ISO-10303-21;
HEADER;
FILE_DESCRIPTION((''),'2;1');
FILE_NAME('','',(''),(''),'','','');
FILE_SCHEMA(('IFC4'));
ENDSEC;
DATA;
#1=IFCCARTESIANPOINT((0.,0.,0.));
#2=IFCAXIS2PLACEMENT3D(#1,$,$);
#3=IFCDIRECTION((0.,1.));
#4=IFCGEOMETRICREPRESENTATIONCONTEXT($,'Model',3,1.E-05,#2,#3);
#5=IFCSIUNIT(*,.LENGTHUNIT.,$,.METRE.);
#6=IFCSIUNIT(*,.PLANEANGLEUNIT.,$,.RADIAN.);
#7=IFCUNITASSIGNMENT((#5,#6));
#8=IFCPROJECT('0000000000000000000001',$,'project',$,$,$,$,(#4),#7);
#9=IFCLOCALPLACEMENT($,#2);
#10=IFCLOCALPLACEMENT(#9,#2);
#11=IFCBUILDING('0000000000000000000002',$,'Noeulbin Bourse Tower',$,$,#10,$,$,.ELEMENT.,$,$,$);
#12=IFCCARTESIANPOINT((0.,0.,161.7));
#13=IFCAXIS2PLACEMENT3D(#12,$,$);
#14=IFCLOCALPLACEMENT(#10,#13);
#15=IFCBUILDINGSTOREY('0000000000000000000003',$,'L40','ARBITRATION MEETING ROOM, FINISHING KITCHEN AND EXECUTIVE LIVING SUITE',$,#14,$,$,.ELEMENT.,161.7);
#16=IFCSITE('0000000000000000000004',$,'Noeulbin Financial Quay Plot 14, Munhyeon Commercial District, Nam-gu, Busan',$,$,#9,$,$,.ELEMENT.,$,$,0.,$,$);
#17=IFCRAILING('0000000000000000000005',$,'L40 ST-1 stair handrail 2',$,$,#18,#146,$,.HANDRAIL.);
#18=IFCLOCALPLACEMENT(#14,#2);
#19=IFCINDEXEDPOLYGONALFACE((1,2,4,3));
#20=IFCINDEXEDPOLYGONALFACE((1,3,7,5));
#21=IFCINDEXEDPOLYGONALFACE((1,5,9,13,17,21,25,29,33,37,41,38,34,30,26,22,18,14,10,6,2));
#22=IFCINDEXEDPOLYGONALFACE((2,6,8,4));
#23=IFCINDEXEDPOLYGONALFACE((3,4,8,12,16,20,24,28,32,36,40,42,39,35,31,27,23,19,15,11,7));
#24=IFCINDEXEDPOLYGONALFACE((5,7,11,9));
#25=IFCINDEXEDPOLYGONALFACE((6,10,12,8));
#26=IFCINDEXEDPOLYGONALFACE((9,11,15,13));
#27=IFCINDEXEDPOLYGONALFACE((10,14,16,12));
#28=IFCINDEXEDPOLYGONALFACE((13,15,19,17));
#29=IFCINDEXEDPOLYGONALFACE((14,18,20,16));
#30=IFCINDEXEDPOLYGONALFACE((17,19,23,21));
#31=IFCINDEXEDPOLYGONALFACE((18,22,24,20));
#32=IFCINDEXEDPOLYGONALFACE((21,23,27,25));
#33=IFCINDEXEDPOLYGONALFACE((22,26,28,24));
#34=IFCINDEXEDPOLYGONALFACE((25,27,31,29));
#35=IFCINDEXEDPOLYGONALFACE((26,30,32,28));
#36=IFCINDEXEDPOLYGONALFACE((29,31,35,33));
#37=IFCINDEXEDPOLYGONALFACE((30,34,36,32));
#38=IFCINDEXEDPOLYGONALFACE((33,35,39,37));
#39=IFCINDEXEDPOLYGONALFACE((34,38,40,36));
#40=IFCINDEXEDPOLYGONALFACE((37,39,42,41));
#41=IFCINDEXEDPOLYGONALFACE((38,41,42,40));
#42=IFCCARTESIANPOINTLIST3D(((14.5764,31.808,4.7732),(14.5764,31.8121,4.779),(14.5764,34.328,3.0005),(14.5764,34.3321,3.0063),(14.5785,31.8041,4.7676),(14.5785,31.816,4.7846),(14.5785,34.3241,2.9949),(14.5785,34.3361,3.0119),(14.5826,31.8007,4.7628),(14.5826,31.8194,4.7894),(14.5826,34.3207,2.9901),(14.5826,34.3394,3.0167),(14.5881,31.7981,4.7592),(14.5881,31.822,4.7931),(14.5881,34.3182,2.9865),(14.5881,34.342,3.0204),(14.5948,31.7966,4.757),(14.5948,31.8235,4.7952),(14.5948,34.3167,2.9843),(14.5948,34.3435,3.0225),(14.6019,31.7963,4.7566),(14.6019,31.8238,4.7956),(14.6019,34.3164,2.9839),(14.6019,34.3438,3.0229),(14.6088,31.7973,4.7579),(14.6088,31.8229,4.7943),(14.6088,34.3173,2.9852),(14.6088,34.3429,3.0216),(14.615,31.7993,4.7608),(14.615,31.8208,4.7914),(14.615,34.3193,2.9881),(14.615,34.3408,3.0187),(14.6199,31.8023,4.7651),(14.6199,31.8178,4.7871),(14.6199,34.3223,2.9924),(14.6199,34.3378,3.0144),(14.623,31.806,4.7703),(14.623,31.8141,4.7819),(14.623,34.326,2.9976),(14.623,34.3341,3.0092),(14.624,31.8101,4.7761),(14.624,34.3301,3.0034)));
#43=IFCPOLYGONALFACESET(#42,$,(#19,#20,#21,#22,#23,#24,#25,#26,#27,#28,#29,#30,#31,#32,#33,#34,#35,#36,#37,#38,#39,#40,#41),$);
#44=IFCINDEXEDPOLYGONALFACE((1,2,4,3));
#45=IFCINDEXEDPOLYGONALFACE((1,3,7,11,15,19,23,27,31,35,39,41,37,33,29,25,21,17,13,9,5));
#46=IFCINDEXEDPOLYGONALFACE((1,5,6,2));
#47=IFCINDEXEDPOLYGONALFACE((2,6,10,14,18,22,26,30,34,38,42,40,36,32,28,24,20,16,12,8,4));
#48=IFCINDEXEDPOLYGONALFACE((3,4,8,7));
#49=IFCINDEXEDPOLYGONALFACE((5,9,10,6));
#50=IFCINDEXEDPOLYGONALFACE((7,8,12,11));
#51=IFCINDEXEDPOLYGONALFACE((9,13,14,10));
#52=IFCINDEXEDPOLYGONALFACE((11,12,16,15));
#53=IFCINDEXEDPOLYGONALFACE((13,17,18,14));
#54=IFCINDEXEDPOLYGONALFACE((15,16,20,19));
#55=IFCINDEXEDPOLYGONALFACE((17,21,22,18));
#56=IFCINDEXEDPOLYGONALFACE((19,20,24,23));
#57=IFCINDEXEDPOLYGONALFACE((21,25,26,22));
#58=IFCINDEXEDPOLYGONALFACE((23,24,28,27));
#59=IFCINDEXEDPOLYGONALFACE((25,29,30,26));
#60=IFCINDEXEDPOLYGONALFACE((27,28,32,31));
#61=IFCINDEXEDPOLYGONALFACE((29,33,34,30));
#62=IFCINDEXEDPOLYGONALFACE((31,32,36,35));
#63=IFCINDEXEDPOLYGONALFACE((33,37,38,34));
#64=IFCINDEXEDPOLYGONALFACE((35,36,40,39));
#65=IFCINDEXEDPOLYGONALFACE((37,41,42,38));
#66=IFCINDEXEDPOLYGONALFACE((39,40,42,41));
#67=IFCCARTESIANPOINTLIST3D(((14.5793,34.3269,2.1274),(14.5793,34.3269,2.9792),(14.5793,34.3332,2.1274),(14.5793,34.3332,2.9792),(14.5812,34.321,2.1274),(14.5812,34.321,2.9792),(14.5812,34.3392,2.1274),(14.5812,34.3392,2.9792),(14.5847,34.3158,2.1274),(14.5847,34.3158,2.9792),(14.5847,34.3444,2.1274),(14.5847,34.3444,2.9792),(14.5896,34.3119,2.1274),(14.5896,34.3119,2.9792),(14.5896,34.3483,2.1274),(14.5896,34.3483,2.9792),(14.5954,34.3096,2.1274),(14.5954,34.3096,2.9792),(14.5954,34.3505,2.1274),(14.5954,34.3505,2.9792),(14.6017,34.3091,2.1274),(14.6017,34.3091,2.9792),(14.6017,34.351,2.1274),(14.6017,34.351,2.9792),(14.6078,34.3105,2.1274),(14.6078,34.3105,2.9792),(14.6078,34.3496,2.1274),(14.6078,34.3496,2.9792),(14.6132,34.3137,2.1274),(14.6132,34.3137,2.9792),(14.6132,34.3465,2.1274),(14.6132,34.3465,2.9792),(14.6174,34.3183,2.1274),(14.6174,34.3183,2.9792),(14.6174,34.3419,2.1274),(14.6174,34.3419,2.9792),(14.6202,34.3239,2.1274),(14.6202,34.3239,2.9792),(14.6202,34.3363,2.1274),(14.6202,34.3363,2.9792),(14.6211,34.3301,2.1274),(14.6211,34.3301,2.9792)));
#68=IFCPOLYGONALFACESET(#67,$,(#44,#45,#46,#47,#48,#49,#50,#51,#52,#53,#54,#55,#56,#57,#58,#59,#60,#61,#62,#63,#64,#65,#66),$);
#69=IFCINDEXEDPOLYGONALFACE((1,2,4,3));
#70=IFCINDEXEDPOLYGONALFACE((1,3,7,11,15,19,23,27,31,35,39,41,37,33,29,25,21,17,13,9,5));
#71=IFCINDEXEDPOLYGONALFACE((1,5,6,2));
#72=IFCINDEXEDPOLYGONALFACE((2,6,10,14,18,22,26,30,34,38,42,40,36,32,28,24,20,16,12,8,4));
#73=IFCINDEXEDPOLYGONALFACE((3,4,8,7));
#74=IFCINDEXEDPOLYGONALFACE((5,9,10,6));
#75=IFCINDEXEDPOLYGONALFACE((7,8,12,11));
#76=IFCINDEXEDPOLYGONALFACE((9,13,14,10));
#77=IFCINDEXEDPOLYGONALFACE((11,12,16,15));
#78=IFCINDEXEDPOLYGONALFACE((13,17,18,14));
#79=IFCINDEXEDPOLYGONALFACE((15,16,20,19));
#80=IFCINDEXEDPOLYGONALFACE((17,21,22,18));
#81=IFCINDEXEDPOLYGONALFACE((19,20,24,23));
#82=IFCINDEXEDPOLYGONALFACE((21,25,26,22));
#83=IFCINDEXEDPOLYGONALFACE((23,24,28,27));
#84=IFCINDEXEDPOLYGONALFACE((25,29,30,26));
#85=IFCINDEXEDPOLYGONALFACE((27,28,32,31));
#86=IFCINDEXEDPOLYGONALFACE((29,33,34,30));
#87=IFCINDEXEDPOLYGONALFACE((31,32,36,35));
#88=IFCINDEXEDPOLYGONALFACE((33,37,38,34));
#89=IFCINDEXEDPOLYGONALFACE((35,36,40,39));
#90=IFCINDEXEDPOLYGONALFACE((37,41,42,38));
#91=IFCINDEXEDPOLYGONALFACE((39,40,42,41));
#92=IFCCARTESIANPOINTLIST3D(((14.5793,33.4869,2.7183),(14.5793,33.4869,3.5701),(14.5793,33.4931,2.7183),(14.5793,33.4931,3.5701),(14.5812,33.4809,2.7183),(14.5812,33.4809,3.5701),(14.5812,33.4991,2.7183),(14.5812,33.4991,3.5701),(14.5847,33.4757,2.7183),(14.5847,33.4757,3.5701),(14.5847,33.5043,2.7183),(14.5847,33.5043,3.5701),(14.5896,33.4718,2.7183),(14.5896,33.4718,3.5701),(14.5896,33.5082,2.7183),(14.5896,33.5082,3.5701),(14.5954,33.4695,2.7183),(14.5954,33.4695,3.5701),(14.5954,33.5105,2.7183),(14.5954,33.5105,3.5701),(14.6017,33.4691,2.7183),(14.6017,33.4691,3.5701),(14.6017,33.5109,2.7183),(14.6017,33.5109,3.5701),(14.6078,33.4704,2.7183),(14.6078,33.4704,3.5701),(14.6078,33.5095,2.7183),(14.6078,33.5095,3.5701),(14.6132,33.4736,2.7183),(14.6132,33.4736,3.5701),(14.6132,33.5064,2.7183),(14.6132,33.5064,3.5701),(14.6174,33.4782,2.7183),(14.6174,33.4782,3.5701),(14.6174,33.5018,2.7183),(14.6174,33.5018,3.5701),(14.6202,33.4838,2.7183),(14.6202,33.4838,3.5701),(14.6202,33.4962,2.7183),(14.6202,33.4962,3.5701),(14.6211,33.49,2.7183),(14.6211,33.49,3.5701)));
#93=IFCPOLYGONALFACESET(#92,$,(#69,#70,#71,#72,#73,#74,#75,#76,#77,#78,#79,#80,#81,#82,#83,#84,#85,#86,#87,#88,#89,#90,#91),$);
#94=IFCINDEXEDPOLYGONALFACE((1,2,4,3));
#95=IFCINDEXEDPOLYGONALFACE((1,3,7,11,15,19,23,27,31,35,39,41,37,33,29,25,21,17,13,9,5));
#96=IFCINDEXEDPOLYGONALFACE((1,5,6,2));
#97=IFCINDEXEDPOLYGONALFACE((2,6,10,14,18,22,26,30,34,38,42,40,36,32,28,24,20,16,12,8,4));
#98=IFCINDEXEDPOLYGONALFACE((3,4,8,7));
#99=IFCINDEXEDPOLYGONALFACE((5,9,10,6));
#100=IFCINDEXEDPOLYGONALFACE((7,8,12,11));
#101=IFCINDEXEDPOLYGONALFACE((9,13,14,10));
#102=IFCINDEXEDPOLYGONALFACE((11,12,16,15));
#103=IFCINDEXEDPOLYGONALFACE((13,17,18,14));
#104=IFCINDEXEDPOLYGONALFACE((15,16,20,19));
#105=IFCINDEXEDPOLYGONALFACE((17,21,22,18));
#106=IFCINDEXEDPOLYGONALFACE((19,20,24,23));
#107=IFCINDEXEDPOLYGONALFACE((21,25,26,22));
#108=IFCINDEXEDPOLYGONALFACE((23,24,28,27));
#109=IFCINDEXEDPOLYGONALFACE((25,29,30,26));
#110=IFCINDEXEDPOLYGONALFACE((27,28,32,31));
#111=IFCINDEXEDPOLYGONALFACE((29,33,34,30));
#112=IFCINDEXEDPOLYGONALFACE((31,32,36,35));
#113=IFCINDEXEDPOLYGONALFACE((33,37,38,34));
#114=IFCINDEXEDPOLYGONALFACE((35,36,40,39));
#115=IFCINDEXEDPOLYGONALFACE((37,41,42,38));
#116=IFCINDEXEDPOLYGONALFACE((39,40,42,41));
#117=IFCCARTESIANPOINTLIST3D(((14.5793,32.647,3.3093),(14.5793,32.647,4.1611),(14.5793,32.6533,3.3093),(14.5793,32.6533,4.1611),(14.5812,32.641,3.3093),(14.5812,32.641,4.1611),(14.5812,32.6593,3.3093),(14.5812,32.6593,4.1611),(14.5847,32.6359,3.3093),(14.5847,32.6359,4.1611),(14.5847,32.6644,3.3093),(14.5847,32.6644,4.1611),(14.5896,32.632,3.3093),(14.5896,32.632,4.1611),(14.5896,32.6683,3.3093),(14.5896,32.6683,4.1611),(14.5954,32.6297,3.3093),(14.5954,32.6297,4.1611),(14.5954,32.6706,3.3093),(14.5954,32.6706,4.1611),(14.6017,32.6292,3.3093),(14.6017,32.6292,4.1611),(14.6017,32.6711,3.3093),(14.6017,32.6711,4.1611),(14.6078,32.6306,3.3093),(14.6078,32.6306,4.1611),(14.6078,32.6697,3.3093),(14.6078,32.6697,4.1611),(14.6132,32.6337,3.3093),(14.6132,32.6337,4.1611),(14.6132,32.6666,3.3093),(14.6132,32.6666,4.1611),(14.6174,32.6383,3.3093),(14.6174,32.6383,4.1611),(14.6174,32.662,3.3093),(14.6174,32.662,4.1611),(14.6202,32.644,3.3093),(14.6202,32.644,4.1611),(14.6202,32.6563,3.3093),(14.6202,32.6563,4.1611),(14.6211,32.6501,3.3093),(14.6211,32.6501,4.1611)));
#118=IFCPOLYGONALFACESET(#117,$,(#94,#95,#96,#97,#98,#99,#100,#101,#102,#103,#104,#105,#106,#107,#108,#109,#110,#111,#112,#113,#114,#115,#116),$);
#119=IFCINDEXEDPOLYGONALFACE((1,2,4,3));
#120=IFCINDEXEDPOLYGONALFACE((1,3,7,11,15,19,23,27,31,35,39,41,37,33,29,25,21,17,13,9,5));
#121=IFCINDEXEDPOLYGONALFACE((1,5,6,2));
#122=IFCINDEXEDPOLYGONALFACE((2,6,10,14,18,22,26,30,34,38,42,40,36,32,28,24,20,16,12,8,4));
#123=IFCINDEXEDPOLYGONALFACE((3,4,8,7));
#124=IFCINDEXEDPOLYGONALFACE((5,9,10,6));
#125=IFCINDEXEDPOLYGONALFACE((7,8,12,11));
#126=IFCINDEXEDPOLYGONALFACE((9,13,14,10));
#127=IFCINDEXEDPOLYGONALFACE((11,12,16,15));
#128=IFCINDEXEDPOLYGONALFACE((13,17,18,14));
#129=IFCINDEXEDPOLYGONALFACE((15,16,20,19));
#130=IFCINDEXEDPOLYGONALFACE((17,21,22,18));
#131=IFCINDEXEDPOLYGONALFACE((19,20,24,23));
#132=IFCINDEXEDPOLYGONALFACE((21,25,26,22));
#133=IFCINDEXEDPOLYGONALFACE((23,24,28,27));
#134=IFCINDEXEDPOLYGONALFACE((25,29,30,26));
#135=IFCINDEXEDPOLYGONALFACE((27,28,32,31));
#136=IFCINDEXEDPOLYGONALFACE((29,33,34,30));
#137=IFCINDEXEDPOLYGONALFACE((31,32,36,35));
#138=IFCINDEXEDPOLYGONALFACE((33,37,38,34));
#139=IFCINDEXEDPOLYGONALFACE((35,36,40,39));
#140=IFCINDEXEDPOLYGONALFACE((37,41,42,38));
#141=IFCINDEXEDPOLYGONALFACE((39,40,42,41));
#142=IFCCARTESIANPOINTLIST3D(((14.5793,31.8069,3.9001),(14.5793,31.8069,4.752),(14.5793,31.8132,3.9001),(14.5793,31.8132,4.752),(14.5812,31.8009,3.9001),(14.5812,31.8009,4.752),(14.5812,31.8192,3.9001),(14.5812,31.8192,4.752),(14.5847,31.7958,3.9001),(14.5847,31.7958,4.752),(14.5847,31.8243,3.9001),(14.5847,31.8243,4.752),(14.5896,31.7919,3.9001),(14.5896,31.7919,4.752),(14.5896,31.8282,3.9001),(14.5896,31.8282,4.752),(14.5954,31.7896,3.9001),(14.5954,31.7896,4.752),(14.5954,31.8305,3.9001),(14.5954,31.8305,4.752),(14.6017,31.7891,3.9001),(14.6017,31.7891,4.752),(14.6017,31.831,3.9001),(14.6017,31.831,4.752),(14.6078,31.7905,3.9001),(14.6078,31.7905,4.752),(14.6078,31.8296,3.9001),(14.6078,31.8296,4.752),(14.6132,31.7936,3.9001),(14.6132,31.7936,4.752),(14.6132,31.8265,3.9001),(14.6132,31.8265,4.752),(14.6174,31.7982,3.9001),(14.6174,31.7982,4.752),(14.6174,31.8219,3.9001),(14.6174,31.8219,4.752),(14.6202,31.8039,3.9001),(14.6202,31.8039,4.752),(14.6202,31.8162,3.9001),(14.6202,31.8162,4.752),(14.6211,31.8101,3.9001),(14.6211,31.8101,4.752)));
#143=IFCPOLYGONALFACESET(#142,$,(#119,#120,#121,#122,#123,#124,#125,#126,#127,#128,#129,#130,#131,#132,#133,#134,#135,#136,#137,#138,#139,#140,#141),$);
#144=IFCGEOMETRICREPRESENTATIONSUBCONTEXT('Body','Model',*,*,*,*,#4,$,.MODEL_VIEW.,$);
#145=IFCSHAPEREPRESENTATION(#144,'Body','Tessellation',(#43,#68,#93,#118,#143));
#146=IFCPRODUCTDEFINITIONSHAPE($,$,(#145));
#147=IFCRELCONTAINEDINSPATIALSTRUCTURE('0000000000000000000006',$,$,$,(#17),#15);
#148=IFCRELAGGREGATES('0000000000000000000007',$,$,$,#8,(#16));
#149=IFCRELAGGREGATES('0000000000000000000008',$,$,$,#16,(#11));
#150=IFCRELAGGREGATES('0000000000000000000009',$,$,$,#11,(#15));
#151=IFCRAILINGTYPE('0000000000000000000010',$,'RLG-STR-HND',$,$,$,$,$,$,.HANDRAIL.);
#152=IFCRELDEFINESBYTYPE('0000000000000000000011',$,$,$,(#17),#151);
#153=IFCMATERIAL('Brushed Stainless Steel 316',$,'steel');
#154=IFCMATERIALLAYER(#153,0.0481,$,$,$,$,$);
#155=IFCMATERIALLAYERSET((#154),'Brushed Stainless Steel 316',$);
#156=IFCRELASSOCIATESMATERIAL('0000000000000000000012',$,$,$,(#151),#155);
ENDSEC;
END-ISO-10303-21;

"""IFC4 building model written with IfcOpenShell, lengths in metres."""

from ifc_helpers import new_model, si_unit, direction, frame, origin, origin_2d, place, context, subcontext, project, spatial, circle, extrude, material, layer, layer_set, type_object, element, save


model = new_model("IFC4")

# Units and contexts
model_context = context("Model", 3, precision=1e-05, world=origin(), true_north=direction((0.0, 1.0)))
body_context = subcontext(model_context, "Body", "Model", "MODEL_VIEW")
ifc_project = project(units=[si_unit("LENGTHUNIT", "METRE"), si_unit("PLANEANGLEUNIT", "RADIAN")], contexts=[model_context])

# Site, building, storey
site_placement = place(None, origin())
site = spatial("IfcSite", under=ifc_project, at=site_placement, Name="Noeulbin Financial Quay Plot 14, Munhyeon Commercial District, Nam-gu, Busan", CompositionType="ELEMENT", RefElevation=0.0)
building_placement = place(site_placement, origin())
building = spatial("IfcBuilding", under=site, at=building_placement, Name="Noeulbin Bourse Tower", CompositionType="ELEMENT")
storey_placement = place(building_placement, frame((0.0, 0.0, 161.7)))
storey = spatial("IfcBuildingStorey", under=building, at=storey_placement, Name="L40", Description="ARBITRATION MEETING ROOM, FINISHING KITCHEN AND EXECUTIVE LIVING SUITE", CompositionType="ELEMENT", Elevation=161.7)

# Railing
ifc_material_1 = material(Name="Brushed Stainless Steel 316", Category="steel")
ifc_layer_1 = layer(ifc_material_1, 0.0481)
ifc_layer_set_1 = layer_set([ifc_layer_1], Name="Brushed Stainless Steel 316")
railing_type = type_object("IfcRailingType", Name="RLG-STR-HND", PredefinedType="HANDRAIL", material=ifc_layer_set_1)
railing_placement = place(storey_placement, frame((14.6001, 34.3301, 2.1274)))
element("IfcRailing", 1, at=railing_placement, inside=storey, type_object=railing_type, Name="L40 ST-1 stair handrail 2", PredefinedType="HANDRAIL", context=body_context, shape_type="SweptSolid", body=[
    extrude(circle(Radius=0.0239, at=origin_2d()), frame((0.0, 0.0, 0.876), z_axis=(0.0, -0.817904, 0.575354), x_axis=(1.0, 0.0, 0.0)), (0.0, 0.0, 1.0), 3.0811),
    extrude(circle(Radius=0.021, at=origin_2d()), origin(), (0.0, 0.0, 1.0), 0.8518),
    extrude(circle(Radius=0.021, at=origin_2d()), frame((0.0, -0.8401, 0.5908)), (0.0, 0.0, 1.0), 0.8518),
    extrude(circle(Radius=0.021, at=origin_2d()), frame((0.0, -1.6799, 1.1819)), (0.0, 0.0, 1.0), 0.8518),
    extrude(circle(Radius=0.021, at=origin_2d()), frame((0.0, -2.52, 1.7727)), (0.0, 0.0, 1.0), 0.8518),
])

save(model, "model.ifc")
